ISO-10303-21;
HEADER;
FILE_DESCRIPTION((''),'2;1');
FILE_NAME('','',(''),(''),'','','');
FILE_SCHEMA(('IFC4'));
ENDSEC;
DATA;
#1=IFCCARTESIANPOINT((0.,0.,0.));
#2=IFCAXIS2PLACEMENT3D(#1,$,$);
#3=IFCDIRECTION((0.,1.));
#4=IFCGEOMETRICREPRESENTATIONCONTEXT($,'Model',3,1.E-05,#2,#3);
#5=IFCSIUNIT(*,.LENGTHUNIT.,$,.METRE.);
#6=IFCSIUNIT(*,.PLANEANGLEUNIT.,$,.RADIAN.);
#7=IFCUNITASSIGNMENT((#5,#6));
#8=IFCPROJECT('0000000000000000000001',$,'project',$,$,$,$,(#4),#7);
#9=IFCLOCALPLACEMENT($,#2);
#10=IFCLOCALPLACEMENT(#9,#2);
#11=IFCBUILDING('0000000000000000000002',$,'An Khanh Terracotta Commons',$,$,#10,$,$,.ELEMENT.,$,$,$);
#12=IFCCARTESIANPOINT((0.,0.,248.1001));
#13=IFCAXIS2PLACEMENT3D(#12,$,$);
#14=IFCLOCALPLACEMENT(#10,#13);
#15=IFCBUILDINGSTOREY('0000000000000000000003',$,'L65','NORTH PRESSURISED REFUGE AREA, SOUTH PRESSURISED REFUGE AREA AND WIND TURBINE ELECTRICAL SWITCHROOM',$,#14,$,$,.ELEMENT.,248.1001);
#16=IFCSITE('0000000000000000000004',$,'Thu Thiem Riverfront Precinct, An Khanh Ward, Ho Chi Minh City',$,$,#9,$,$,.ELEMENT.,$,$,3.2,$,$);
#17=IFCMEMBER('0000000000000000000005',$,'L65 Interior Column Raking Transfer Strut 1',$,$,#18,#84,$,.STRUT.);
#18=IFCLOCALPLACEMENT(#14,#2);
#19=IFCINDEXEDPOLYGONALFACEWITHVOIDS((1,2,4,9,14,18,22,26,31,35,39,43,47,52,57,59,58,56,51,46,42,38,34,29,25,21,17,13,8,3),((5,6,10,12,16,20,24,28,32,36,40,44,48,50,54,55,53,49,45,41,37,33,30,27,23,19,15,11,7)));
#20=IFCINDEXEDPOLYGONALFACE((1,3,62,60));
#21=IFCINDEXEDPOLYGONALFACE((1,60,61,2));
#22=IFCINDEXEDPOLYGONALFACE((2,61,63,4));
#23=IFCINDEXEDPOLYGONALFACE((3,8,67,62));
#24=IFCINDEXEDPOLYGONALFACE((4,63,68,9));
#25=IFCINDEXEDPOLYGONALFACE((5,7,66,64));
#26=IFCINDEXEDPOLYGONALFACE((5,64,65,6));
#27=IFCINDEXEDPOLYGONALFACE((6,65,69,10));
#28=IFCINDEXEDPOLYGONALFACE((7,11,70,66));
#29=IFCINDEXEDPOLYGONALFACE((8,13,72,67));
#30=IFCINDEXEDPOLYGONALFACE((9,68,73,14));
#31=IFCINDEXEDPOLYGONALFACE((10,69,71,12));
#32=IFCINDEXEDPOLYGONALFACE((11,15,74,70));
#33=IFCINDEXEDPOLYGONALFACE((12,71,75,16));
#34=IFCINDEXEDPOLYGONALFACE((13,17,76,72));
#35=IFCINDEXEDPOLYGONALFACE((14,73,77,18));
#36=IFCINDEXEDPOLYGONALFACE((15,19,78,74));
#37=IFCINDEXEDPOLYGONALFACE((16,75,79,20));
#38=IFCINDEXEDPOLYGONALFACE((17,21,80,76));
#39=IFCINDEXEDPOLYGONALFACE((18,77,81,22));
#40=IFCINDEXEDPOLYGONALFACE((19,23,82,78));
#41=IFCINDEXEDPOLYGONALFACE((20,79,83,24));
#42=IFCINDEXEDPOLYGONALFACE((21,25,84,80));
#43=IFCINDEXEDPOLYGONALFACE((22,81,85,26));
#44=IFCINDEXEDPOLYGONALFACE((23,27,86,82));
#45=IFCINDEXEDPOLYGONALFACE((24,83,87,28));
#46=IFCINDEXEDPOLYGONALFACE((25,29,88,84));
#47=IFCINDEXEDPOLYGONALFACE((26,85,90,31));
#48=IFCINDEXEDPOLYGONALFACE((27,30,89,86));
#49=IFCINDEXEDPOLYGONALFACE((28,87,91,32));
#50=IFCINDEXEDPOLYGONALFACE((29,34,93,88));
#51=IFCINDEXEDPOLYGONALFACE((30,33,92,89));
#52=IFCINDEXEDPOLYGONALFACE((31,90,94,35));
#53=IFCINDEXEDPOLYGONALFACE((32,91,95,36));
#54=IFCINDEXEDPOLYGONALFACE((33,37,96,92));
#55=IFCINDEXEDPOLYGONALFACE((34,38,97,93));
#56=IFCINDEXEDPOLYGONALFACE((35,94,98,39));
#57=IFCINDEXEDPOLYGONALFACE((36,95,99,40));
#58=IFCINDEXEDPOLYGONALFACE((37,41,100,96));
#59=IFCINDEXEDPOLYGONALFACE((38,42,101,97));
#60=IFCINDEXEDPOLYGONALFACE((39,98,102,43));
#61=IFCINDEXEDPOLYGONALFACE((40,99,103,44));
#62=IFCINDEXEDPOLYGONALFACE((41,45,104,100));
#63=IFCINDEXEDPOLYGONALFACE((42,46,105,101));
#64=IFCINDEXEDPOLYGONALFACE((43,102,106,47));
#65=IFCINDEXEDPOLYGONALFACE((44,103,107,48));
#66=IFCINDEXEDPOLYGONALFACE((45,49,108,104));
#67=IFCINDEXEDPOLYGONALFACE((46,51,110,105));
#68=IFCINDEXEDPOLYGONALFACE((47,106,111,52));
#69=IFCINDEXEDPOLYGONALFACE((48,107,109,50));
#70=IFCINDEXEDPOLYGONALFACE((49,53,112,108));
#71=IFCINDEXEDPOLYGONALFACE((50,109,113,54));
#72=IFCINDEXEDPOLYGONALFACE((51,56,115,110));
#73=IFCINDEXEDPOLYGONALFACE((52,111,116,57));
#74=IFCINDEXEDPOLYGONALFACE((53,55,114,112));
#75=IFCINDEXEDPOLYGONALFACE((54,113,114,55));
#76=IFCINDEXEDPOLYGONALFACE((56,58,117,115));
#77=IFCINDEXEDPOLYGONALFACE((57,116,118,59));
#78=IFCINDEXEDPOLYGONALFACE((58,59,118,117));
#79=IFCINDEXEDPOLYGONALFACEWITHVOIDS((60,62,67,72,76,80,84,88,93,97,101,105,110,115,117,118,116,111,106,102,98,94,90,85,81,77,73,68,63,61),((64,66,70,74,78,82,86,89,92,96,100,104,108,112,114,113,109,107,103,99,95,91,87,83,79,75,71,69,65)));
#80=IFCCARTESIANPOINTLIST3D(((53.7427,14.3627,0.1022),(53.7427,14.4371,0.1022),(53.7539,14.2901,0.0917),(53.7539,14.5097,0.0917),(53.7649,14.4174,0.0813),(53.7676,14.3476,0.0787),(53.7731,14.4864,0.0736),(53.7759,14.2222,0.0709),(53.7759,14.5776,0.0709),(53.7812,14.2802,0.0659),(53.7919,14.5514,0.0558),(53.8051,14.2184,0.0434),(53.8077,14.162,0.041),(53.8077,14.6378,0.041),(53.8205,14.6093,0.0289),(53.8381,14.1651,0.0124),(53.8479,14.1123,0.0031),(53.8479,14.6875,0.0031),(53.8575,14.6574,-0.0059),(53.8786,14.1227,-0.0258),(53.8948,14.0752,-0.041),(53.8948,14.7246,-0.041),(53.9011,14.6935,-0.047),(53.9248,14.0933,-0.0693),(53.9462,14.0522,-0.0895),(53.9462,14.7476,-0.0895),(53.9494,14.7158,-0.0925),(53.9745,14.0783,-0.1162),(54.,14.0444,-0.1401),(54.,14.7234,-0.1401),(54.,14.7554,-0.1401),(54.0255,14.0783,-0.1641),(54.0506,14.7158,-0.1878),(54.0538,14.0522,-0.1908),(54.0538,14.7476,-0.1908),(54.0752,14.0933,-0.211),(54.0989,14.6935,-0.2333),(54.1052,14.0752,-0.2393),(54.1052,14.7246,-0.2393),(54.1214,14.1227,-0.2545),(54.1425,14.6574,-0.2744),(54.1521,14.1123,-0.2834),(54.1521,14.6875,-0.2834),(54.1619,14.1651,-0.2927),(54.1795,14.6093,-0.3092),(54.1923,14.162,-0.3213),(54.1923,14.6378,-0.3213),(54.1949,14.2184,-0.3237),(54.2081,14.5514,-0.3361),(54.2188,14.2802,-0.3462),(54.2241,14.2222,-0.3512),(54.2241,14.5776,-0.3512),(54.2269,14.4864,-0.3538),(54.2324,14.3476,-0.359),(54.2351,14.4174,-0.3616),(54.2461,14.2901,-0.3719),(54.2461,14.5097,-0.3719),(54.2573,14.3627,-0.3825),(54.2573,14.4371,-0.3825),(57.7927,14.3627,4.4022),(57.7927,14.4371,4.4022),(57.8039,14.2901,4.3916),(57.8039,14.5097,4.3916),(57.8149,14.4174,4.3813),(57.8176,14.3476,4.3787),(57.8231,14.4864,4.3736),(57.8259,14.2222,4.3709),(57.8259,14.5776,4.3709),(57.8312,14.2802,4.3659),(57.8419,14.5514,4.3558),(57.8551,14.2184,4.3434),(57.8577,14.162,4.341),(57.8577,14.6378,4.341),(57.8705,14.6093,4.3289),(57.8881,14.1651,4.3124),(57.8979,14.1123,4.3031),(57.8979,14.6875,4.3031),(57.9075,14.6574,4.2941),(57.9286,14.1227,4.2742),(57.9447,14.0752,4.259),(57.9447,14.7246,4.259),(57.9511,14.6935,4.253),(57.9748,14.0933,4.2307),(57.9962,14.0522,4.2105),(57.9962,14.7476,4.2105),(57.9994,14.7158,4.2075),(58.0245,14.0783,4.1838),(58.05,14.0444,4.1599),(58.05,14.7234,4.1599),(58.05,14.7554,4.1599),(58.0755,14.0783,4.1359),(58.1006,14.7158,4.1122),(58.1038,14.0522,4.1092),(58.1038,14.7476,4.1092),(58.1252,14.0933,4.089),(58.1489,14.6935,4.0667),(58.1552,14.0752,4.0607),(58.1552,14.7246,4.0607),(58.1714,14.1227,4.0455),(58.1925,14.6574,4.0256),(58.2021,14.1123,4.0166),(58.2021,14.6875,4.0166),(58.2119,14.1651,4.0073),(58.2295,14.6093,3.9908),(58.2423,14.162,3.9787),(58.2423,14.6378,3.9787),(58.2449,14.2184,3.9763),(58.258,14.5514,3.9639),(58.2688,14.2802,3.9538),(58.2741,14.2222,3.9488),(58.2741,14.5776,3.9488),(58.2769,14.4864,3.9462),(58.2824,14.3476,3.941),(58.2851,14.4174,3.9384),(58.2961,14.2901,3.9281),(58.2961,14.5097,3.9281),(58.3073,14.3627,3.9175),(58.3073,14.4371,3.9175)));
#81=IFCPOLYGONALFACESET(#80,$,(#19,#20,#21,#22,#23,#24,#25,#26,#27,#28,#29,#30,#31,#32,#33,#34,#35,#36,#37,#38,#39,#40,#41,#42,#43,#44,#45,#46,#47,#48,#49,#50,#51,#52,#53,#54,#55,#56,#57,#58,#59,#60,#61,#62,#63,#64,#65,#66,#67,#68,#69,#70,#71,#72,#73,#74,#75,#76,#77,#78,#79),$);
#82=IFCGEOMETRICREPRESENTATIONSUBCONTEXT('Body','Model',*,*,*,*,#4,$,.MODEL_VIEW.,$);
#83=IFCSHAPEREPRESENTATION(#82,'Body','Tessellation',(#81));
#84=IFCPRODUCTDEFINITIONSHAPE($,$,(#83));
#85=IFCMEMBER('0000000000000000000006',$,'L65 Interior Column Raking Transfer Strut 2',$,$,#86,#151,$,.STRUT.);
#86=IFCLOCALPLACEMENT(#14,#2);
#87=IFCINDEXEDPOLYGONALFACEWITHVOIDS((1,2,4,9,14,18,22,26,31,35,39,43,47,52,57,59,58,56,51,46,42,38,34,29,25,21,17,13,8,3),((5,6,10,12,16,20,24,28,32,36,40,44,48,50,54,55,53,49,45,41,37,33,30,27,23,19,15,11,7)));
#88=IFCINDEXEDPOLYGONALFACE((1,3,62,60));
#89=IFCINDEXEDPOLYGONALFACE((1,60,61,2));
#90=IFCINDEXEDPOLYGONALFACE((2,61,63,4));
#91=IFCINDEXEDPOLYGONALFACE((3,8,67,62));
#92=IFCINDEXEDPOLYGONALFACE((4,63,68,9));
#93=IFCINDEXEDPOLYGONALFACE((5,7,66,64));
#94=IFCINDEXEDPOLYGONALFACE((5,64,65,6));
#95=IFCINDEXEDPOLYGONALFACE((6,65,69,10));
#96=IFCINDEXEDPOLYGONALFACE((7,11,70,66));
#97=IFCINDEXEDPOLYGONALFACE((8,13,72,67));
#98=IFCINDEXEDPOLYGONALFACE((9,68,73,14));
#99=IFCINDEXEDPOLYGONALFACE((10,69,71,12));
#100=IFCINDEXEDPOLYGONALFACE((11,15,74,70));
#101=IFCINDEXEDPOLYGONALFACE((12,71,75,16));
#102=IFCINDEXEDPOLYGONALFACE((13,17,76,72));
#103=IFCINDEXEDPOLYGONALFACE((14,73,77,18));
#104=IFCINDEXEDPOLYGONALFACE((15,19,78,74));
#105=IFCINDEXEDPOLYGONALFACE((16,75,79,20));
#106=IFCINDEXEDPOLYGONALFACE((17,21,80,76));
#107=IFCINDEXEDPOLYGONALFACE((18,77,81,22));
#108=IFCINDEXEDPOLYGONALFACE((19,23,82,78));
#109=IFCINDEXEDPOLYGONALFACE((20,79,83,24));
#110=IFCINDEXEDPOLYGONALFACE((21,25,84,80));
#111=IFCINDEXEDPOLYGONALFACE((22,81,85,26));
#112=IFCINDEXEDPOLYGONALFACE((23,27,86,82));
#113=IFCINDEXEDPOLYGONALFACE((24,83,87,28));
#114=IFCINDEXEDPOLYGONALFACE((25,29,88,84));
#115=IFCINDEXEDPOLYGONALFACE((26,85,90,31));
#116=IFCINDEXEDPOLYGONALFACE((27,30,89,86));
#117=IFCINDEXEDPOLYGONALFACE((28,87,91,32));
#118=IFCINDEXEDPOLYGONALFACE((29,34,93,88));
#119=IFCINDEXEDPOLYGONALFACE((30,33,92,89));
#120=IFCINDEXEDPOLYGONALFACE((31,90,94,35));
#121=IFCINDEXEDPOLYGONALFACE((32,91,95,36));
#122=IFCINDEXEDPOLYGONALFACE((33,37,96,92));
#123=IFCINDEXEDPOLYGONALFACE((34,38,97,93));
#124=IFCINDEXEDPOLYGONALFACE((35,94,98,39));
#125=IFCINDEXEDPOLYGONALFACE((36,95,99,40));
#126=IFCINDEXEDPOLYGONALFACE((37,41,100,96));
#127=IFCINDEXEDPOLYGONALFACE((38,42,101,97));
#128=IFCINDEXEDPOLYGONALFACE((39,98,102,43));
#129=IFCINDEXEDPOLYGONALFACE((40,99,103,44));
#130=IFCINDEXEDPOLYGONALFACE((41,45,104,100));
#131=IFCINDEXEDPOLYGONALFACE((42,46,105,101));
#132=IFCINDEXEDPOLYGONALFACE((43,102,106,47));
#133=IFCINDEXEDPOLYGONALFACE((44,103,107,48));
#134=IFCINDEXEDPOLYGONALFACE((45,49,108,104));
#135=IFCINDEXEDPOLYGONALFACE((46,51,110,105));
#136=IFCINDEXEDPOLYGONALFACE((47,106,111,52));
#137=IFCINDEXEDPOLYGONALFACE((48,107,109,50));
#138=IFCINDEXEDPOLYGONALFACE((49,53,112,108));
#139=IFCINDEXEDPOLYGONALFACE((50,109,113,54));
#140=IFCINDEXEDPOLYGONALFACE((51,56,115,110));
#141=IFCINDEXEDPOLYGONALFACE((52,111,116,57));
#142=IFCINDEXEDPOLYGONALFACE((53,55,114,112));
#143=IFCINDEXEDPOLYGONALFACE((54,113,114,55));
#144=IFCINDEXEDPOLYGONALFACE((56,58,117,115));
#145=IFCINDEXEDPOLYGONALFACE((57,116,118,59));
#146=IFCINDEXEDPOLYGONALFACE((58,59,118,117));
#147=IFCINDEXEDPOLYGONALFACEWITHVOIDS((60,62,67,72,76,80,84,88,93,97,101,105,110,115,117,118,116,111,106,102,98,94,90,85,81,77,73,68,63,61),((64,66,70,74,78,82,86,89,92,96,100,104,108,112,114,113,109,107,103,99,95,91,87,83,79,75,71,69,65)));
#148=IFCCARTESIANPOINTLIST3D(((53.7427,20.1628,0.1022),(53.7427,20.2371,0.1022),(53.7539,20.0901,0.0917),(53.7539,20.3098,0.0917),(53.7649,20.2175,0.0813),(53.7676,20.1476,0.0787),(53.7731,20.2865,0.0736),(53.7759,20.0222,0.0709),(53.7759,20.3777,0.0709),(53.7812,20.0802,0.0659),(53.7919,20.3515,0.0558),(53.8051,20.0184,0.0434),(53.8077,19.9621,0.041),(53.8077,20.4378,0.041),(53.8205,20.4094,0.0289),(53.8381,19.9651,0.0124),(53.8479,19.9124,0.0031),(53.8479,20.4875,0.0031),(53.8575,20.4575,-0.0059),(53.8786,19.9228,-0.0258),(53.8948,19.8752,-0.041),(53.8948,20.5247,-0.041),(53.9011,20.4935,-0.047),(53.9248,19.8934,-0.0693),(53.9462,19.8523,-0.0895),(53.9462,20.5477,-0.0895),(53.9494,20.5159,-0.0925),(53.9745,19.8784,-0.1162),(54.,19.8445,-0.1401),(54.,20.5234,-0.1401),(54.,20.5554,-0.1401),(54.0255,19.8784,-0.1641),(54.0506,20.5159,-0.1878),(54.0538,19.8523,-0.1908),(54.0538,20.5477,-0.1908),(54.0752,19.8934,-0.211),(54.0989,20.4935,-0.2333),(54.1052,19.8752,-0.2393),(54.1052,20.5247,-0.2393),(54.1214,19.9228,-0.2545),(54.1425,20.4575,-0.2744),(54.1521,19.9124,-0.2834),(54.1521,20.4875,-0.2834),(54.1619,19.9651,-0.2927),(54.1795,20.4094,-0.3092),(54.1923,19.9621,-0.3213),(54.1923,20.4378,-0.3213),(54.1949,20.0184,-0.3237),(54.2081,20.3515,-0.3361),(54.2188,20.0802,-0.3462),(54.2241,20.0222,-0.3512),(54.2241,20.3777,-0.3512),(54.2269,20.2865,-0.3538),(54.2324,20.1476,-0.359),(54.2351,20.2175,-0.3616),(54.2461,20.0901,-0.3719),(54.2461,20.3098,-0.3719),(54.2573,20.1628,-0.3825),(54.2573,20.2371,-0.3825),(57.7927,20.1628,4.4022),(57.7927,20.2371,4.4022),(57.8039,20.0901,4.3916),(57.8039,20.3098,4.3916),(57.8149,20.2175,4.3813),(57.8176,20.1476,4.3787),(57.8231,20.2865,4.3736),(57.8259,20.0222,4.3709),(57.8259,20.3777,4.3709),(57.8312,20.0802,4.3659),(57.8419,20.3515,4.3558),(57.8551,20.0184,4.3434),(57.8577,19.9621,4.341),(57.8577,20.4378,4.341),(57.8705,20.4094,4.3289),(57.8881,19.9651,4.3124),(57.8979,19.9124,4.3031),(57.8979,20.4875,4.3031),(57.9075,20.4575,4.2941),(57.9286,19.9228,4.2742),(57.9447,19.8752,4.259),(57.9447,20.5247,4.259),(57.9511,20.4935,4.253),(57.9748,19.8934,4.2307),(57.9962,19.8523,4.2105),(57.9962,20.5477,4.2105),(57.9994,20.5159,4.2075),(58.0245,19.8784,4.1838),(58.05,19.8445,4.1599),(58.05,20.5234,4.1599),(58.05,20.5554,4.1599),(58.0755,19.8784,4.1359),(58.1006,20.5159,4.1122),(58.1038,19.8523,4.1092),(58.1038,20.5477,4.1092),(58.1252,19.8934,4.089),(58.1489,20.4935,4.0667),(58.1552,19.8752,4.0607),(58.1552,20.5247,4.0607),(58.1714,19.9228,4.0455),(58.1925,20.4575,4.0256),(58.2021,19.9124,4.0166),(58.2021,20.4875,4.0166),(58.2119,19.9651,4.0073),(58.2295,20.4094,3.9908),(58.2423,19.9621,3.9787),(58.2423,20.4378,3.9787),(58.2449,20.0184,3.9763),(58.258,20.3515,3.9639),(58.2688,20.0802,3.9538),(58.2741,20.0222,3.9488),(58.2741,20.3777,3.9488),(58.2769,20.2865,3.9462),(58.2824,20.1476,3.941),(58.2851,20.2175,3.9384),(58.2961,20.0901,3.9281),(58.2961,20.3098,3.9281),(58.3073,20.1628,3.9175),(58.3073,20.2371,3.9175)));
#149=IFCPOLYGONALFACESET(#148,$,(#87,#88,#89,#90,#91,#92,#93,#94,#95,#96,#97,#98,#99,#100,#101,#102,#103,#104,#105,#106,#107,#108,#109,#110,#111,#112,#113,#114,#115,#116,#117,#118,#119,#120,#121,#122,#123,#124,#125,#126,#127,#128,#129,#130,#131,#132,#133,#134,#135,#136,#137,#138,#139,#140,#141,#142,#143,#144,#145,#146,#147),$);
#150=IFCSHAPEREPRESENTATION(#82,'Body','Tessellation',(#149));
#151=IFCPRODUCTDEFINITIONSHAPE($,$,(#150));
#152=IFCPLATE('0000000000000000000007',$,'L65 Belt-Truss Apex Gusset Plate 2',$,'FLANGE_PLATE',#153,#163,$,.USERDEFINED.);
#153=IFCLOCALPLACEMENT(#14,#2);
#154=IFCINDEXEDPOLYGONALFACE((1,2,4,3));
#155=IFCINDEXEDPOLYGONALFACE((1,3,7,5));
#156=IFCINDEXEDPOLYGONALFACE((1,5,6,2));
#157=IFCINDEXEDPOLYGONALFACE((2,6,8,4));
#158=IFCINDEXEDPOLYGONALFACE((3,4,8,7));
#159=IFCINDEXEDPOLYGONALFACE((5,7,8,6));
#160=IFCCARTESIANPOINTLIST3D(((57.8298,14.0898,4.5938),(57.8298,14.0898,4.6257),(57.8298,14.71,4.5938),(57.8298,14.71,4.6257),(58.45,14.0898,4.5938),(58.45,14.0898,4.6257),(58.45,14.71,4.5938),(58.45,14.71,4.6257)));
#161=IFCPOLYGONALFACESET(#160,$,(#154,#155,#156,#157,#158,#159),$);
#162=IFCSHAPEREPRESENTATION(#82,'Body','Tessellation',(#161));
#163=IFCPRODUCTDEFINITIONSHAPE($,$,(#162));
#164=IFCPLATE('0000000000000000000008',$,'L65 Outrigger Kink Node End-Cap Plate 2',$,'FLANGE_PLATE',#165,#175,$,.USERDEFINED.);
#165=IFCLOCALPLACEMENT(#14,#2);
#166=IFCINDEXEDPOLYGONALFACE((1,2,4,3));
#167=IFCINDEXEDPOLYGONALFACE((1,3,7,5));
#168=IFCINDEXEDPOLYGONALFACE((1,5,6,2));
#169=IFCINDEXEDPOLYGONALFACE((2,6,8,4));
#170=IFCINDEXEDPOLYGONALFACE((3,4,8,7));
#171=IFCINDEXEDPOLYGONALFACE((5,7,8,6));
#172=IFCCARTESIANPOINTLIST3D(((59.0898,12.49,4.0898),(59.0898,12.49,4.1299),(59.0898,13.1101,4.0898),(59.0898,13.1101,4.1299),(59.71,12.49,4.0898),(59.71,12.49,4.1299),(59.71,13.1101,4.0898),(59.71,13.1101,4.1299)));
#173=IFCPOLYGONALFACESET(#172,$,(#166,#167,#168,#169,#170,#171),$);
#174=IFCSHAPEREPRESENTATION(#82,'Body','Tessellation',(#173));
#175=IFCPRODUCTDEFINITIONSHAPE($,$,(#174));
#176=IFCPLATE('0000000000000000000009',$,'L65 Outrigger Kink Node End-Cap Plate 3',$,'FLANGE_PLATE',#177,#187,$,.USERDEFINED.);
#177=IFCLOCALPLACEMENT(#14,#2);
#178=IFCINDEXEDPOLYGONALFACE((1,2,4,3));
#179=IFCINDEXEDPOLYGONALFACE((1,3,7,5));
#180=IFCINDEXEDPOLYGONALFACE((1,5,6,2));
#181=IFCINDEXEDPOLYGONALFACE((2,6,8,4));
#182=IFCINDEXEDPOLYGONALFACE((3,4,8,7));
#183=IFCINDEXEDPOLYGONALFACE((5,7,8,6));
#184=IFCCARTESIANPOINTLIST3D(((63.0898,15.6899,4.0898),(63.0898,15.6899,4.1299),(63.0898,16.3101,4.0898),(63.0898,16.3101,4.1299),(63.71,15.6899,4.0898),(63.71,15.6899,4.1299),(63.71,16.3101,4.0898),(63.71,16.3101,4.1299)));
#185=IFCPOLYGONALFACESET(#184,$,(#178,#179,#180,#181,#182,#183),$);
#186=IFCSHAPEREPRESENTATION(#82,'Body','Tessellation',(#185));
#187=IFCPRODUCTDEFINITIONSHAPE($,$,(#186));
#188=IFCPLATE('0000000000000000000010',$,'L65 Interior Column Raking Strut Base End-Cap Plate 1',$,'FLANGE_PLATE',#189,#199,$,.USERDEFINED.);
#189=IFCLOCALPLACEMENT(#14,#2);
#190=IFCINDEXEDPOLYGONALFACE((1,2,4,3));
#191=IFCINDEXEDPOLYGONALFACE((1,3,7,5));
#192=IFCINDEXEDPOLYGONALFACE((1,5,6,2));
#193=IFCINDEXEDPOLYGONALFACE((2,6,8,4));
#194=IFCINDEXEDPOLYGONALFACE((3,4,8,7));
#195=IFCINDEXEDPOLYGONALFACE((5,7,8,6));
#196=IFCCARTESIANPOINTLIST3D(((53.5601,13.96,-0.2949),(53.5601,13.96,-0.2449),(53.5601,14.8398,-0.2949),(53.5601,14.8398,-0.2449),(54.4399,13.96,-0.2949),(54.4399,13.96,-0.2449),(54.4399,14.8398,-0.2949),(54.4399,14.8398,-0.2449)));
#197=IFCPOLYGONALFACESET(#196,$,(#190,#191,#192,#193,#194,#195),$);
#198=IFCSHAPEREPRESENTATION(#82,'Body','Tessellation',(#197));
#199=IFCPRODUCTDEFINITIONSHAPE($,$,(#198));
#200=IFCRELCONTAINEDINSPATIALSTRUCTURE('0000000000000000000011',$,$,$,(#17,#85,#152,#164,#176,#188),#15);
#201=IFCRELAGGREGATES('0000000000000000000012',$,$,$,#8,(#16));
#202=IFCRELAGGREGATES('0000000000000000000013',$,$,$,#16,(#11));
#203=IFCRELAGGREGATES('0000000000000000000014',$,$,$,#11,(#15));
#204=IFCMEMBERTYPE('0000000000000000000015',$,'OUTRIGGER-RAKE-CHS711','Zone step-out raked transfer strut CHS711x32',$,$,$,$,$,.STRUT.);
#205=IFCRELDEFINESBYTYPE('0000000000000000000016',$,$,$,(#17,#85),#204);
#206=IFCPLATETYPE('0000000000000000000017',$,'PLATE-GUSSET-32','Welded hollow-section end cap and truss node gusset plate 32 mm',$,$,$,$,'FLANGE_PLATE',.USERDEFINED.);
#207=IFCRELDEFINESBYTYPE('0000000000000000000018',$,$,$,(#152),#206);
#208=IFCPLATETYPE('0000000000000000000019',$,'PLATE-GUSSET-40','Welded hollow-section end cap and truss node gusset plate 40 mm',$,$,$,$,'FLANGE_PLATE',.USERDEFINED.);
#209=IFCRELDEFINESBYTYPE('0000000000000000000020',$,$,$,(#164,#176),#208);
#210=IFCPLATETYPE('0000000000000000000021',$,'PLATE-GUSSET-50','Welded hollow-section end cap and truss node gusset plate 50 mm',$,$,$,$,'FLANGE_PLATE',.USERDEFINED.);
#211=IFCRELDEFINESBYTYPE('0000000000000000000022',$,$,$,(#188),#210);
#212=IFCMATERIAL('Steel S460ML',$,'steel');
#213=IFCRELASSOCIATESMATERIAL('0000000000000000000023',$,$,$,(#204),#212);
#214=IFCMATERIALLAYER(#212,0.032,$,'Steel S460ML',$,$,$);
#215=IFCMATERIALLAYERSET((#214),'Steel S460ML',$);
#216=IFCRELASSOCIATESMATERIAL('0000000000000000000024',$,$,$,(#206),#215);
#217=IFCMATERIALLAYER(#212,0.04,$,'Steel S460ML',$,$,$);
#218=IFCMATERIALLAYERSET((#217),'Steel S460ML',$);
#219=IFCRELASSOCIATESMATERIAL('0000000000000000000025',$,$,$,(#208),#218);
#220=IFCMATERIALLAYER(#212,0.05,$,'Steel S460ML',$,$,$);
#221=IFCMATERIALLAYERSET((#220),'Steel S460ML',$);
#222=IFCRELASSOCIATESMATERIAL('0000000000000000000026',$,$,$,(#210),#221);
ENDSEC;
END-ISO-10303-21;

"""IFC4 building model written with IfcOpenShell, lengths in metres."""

from ifc_helpers import new_model, si_unit, direction, frame, origin, origin_2d, place, context, subcontext, project, spatial, rectangle, hollow_circle, extrude, material, layer, layer_set, material_profile, profile_set, type_object, element, save


model = new_model("IFC4")

# Units and contexts
model_context = context("Model", 3, precision=1e-05, world=origin(), true_north=direction((0.0, 1.0)))
body_context = subcontext(model_context, "Body", "Model", "MODEL_VIEW")
ifc_project = project(units=[si_unit("LENGTHUNIT", "METRE"), si_unit("PLANEANGLEUNIT", "RADIAN")], contexts=[model_context])

# Site, building, storey
site_placement = place(None, origin())
site = spatial("IfcSite", under=ifc_project, at=site_placement, Name="Thu Thiem Riverfront Precinct, An Khanh Ward, Ho Chi Minh City", CompositionType="ELEMENT", RefElevation=3.2)
building_placement = place(site_placement, origin())
building = spatial("IfcBuilding", under=site, at=building_placement, Name="An Khanh Terracotta Commons", CompositionType="ELEMENT")
storey_placement = place(building_placement, frame((0.0, 0.0, 248.1001)))
storey = spatial("IfcBuildingStorey", under=building, at=storey_placement, Name="L65", Description="NORTH PRESSURISED REFUGE AREA, SOUTH PRESSURISED REFUGE AREA AND WIND TURBINE ELECTRICAL SWITCHROOM", CompositionType="ELEMENT", Elevation=248.1001)

# Shared definitions
ifc_material_1 = material(Name="Steel S460ML", Category="steel")

# Members
ifc_material_profile_1 = material_profile(ifc_material_1, hollow_circle(Radius=0.3555, WallThickness=0.032, at=origin_2d()), Name="CHS711x32")
ifc_profile_set_1 = profile_set([ifc_material_profile_1], Name="Steel S460ML")
member_type_1 = type_object("IfcMemberType", Name="OUTRIGGER-RAKE-CHS711", Description="Zone step-out raked transfer strut CHS711x32", PredefinedType="STRUT", material=ifc_profile_set_1)
for number, where, z_axis, x_axis, name in (
    (1, (54.0, 14.3999, -0.1401), (0.685629, 0.0, 0.727951), (0.0, 1.0, 0.0), "L65 Interior Column Raking Transfer Strut 1"),
    (2, (54.0, 20.2, -0.1401), (0.685629, 0.0, 0.727951), (0.0, 1.0, 0.0), "L65 Interior Column Raking Transfer Strut 2"),
):
    element("IfcMember", number, at=place(storey_placement, frame(where, z_axis=z_axis, x_axis=x_axis)), inside=storey, type_object=member_type_1, Name=name, PredefinedType="STRUT", context=body_context, shape_type="SweptSolid", body=[
        extrude(hollow_circle(Radius=0.3555, WallThickness=0.032, at=origin_2d()), origin(), (0.0, 0.0, 1.0), 5.907),
    ])

# Plates
ifc_layer_1 = layer(ifc_material_1, 0.032, Name="Steel S460ML")
ifc_layer_set_1 = layer_set([ifc_layer_1], Name="Steel S460ML")
plate_type_1 = type_object("IfcPlateType", Name="PLATE-GUSSET-32", Description="Welded hollow-section end cap and truss node gusset plate 32 mm", ElementType="FLANGE_PLATE", PredefinedType="USERDEFINED", material=ifc_layer_set_1)
plate_placement = place(storey_placement, frame((58.1399, 14.3999, 4.5938), z_axis=(0.0, 0.0, 1.0), x_axis=(1.0, 0.0, 0.0)))
element("IfcPlate", 3, at=plate_placement, inside=storey, type_object=plate_type_1, Name="L65 Belt-Truss Apex Gusset Plate 2", ObjectType="FLANGE_PLATE", PredefinedType="USERDEFINED", context=body_context, shape_type="SweptSolid", body=[
    extrude(rectangle(XDim=0.6201, YDim=0.6201, at=origin_2d()), origin(), (0.0, 0.0, 1.0), 0.032),
])
ifc_layer_2 = layer(ifc_material_1, 0.04, Name="Steel S460ML")
ifc_layer_set_2 = layer_set([ifc_layer_2], Name="Steel S460ML")
plate_type_2 = type_object("IfcPlateType", Name="PLATE-GUSSET-40", Description="Welded hollow-section end cap and truss node gusset plate 40 mm", ElementType="FLANGE_PLATE", PredefinedType="USERDEFINED", material=ifc_layer_set_2)
for number, where, z_axis, x_axis, name in (
    (4, (59.3999, 12.8, 4.0898), (0.0, 0.0, 1.0), (1.0, 0.0, 0.0), "L65 Outrigger Kink Node End-Cap Plate 2"),
    (5, (63.3999, 16.0, 4.0898), (0.0, 0.0, 1.0), (1.0, 0.0, 0.0), "L65 Outrigger Kink Node End-Cap Plate 3"),
):
    element("IfcPlate", number, at=place(storey_placement, frame(where, z_axis=z_axis, x_axis=x_axis)), inside=storey, type_object=plate_type_2, Name=name, ObjectType="FLANGE_PLATE", PredefinedType="USERDEFINED", context=body_context, shape_type="SweptSolid", body=[
        extrude(rectangle(XDim=0.6201, YDim=0.6201, at=origin_2d()), origin(), (0.0, 0.0, 1.0), 0.04),
    ])
ifc_layer_3 = layer(ifc_material_1, 0.05, Name="Steel S460ML")
ifc_layer_set_3 = layer_set([ifc_layer_3], Name="Steel S460ML")
plate_type_3 = type_object("IfcPlateType", Name="PLATE-GUSSET-50", Description="Welded hollow-section end cap and truss node gusset plate 50 mm", ElementType="FLANGE_PLATE", PredefinedType="USERDEFINED", material=ifc_layer_set_3)
for number, where, z_axis, x_axis, name in (
    (6, (54.0, 14.3999, -0.2949), (0.0, 0.0, 1.0), (1.0, 0.0, 0.0), "L65 Interior Column Raking Strut Base End-Cap Plate 1"),
):
    element("IfcPlate", number, at=place(storey_placement, frame(where, z_axis=z_axis, x_axis=x_axis)), inside=storey, type_object=plate_type_3, Name=name, ObjectType="FLANGE_PLATE", PredefinedType="USERDEFINED", context=body_context, shape_type="SweptSolid", body=[
        extrude(rectangle(XDim=0.8799, YDim=0.8799, at=origin_2d()), origin(), (0.0, 0.0, 1.0), 0.05),
    ])

save(model, "model.ifc")
